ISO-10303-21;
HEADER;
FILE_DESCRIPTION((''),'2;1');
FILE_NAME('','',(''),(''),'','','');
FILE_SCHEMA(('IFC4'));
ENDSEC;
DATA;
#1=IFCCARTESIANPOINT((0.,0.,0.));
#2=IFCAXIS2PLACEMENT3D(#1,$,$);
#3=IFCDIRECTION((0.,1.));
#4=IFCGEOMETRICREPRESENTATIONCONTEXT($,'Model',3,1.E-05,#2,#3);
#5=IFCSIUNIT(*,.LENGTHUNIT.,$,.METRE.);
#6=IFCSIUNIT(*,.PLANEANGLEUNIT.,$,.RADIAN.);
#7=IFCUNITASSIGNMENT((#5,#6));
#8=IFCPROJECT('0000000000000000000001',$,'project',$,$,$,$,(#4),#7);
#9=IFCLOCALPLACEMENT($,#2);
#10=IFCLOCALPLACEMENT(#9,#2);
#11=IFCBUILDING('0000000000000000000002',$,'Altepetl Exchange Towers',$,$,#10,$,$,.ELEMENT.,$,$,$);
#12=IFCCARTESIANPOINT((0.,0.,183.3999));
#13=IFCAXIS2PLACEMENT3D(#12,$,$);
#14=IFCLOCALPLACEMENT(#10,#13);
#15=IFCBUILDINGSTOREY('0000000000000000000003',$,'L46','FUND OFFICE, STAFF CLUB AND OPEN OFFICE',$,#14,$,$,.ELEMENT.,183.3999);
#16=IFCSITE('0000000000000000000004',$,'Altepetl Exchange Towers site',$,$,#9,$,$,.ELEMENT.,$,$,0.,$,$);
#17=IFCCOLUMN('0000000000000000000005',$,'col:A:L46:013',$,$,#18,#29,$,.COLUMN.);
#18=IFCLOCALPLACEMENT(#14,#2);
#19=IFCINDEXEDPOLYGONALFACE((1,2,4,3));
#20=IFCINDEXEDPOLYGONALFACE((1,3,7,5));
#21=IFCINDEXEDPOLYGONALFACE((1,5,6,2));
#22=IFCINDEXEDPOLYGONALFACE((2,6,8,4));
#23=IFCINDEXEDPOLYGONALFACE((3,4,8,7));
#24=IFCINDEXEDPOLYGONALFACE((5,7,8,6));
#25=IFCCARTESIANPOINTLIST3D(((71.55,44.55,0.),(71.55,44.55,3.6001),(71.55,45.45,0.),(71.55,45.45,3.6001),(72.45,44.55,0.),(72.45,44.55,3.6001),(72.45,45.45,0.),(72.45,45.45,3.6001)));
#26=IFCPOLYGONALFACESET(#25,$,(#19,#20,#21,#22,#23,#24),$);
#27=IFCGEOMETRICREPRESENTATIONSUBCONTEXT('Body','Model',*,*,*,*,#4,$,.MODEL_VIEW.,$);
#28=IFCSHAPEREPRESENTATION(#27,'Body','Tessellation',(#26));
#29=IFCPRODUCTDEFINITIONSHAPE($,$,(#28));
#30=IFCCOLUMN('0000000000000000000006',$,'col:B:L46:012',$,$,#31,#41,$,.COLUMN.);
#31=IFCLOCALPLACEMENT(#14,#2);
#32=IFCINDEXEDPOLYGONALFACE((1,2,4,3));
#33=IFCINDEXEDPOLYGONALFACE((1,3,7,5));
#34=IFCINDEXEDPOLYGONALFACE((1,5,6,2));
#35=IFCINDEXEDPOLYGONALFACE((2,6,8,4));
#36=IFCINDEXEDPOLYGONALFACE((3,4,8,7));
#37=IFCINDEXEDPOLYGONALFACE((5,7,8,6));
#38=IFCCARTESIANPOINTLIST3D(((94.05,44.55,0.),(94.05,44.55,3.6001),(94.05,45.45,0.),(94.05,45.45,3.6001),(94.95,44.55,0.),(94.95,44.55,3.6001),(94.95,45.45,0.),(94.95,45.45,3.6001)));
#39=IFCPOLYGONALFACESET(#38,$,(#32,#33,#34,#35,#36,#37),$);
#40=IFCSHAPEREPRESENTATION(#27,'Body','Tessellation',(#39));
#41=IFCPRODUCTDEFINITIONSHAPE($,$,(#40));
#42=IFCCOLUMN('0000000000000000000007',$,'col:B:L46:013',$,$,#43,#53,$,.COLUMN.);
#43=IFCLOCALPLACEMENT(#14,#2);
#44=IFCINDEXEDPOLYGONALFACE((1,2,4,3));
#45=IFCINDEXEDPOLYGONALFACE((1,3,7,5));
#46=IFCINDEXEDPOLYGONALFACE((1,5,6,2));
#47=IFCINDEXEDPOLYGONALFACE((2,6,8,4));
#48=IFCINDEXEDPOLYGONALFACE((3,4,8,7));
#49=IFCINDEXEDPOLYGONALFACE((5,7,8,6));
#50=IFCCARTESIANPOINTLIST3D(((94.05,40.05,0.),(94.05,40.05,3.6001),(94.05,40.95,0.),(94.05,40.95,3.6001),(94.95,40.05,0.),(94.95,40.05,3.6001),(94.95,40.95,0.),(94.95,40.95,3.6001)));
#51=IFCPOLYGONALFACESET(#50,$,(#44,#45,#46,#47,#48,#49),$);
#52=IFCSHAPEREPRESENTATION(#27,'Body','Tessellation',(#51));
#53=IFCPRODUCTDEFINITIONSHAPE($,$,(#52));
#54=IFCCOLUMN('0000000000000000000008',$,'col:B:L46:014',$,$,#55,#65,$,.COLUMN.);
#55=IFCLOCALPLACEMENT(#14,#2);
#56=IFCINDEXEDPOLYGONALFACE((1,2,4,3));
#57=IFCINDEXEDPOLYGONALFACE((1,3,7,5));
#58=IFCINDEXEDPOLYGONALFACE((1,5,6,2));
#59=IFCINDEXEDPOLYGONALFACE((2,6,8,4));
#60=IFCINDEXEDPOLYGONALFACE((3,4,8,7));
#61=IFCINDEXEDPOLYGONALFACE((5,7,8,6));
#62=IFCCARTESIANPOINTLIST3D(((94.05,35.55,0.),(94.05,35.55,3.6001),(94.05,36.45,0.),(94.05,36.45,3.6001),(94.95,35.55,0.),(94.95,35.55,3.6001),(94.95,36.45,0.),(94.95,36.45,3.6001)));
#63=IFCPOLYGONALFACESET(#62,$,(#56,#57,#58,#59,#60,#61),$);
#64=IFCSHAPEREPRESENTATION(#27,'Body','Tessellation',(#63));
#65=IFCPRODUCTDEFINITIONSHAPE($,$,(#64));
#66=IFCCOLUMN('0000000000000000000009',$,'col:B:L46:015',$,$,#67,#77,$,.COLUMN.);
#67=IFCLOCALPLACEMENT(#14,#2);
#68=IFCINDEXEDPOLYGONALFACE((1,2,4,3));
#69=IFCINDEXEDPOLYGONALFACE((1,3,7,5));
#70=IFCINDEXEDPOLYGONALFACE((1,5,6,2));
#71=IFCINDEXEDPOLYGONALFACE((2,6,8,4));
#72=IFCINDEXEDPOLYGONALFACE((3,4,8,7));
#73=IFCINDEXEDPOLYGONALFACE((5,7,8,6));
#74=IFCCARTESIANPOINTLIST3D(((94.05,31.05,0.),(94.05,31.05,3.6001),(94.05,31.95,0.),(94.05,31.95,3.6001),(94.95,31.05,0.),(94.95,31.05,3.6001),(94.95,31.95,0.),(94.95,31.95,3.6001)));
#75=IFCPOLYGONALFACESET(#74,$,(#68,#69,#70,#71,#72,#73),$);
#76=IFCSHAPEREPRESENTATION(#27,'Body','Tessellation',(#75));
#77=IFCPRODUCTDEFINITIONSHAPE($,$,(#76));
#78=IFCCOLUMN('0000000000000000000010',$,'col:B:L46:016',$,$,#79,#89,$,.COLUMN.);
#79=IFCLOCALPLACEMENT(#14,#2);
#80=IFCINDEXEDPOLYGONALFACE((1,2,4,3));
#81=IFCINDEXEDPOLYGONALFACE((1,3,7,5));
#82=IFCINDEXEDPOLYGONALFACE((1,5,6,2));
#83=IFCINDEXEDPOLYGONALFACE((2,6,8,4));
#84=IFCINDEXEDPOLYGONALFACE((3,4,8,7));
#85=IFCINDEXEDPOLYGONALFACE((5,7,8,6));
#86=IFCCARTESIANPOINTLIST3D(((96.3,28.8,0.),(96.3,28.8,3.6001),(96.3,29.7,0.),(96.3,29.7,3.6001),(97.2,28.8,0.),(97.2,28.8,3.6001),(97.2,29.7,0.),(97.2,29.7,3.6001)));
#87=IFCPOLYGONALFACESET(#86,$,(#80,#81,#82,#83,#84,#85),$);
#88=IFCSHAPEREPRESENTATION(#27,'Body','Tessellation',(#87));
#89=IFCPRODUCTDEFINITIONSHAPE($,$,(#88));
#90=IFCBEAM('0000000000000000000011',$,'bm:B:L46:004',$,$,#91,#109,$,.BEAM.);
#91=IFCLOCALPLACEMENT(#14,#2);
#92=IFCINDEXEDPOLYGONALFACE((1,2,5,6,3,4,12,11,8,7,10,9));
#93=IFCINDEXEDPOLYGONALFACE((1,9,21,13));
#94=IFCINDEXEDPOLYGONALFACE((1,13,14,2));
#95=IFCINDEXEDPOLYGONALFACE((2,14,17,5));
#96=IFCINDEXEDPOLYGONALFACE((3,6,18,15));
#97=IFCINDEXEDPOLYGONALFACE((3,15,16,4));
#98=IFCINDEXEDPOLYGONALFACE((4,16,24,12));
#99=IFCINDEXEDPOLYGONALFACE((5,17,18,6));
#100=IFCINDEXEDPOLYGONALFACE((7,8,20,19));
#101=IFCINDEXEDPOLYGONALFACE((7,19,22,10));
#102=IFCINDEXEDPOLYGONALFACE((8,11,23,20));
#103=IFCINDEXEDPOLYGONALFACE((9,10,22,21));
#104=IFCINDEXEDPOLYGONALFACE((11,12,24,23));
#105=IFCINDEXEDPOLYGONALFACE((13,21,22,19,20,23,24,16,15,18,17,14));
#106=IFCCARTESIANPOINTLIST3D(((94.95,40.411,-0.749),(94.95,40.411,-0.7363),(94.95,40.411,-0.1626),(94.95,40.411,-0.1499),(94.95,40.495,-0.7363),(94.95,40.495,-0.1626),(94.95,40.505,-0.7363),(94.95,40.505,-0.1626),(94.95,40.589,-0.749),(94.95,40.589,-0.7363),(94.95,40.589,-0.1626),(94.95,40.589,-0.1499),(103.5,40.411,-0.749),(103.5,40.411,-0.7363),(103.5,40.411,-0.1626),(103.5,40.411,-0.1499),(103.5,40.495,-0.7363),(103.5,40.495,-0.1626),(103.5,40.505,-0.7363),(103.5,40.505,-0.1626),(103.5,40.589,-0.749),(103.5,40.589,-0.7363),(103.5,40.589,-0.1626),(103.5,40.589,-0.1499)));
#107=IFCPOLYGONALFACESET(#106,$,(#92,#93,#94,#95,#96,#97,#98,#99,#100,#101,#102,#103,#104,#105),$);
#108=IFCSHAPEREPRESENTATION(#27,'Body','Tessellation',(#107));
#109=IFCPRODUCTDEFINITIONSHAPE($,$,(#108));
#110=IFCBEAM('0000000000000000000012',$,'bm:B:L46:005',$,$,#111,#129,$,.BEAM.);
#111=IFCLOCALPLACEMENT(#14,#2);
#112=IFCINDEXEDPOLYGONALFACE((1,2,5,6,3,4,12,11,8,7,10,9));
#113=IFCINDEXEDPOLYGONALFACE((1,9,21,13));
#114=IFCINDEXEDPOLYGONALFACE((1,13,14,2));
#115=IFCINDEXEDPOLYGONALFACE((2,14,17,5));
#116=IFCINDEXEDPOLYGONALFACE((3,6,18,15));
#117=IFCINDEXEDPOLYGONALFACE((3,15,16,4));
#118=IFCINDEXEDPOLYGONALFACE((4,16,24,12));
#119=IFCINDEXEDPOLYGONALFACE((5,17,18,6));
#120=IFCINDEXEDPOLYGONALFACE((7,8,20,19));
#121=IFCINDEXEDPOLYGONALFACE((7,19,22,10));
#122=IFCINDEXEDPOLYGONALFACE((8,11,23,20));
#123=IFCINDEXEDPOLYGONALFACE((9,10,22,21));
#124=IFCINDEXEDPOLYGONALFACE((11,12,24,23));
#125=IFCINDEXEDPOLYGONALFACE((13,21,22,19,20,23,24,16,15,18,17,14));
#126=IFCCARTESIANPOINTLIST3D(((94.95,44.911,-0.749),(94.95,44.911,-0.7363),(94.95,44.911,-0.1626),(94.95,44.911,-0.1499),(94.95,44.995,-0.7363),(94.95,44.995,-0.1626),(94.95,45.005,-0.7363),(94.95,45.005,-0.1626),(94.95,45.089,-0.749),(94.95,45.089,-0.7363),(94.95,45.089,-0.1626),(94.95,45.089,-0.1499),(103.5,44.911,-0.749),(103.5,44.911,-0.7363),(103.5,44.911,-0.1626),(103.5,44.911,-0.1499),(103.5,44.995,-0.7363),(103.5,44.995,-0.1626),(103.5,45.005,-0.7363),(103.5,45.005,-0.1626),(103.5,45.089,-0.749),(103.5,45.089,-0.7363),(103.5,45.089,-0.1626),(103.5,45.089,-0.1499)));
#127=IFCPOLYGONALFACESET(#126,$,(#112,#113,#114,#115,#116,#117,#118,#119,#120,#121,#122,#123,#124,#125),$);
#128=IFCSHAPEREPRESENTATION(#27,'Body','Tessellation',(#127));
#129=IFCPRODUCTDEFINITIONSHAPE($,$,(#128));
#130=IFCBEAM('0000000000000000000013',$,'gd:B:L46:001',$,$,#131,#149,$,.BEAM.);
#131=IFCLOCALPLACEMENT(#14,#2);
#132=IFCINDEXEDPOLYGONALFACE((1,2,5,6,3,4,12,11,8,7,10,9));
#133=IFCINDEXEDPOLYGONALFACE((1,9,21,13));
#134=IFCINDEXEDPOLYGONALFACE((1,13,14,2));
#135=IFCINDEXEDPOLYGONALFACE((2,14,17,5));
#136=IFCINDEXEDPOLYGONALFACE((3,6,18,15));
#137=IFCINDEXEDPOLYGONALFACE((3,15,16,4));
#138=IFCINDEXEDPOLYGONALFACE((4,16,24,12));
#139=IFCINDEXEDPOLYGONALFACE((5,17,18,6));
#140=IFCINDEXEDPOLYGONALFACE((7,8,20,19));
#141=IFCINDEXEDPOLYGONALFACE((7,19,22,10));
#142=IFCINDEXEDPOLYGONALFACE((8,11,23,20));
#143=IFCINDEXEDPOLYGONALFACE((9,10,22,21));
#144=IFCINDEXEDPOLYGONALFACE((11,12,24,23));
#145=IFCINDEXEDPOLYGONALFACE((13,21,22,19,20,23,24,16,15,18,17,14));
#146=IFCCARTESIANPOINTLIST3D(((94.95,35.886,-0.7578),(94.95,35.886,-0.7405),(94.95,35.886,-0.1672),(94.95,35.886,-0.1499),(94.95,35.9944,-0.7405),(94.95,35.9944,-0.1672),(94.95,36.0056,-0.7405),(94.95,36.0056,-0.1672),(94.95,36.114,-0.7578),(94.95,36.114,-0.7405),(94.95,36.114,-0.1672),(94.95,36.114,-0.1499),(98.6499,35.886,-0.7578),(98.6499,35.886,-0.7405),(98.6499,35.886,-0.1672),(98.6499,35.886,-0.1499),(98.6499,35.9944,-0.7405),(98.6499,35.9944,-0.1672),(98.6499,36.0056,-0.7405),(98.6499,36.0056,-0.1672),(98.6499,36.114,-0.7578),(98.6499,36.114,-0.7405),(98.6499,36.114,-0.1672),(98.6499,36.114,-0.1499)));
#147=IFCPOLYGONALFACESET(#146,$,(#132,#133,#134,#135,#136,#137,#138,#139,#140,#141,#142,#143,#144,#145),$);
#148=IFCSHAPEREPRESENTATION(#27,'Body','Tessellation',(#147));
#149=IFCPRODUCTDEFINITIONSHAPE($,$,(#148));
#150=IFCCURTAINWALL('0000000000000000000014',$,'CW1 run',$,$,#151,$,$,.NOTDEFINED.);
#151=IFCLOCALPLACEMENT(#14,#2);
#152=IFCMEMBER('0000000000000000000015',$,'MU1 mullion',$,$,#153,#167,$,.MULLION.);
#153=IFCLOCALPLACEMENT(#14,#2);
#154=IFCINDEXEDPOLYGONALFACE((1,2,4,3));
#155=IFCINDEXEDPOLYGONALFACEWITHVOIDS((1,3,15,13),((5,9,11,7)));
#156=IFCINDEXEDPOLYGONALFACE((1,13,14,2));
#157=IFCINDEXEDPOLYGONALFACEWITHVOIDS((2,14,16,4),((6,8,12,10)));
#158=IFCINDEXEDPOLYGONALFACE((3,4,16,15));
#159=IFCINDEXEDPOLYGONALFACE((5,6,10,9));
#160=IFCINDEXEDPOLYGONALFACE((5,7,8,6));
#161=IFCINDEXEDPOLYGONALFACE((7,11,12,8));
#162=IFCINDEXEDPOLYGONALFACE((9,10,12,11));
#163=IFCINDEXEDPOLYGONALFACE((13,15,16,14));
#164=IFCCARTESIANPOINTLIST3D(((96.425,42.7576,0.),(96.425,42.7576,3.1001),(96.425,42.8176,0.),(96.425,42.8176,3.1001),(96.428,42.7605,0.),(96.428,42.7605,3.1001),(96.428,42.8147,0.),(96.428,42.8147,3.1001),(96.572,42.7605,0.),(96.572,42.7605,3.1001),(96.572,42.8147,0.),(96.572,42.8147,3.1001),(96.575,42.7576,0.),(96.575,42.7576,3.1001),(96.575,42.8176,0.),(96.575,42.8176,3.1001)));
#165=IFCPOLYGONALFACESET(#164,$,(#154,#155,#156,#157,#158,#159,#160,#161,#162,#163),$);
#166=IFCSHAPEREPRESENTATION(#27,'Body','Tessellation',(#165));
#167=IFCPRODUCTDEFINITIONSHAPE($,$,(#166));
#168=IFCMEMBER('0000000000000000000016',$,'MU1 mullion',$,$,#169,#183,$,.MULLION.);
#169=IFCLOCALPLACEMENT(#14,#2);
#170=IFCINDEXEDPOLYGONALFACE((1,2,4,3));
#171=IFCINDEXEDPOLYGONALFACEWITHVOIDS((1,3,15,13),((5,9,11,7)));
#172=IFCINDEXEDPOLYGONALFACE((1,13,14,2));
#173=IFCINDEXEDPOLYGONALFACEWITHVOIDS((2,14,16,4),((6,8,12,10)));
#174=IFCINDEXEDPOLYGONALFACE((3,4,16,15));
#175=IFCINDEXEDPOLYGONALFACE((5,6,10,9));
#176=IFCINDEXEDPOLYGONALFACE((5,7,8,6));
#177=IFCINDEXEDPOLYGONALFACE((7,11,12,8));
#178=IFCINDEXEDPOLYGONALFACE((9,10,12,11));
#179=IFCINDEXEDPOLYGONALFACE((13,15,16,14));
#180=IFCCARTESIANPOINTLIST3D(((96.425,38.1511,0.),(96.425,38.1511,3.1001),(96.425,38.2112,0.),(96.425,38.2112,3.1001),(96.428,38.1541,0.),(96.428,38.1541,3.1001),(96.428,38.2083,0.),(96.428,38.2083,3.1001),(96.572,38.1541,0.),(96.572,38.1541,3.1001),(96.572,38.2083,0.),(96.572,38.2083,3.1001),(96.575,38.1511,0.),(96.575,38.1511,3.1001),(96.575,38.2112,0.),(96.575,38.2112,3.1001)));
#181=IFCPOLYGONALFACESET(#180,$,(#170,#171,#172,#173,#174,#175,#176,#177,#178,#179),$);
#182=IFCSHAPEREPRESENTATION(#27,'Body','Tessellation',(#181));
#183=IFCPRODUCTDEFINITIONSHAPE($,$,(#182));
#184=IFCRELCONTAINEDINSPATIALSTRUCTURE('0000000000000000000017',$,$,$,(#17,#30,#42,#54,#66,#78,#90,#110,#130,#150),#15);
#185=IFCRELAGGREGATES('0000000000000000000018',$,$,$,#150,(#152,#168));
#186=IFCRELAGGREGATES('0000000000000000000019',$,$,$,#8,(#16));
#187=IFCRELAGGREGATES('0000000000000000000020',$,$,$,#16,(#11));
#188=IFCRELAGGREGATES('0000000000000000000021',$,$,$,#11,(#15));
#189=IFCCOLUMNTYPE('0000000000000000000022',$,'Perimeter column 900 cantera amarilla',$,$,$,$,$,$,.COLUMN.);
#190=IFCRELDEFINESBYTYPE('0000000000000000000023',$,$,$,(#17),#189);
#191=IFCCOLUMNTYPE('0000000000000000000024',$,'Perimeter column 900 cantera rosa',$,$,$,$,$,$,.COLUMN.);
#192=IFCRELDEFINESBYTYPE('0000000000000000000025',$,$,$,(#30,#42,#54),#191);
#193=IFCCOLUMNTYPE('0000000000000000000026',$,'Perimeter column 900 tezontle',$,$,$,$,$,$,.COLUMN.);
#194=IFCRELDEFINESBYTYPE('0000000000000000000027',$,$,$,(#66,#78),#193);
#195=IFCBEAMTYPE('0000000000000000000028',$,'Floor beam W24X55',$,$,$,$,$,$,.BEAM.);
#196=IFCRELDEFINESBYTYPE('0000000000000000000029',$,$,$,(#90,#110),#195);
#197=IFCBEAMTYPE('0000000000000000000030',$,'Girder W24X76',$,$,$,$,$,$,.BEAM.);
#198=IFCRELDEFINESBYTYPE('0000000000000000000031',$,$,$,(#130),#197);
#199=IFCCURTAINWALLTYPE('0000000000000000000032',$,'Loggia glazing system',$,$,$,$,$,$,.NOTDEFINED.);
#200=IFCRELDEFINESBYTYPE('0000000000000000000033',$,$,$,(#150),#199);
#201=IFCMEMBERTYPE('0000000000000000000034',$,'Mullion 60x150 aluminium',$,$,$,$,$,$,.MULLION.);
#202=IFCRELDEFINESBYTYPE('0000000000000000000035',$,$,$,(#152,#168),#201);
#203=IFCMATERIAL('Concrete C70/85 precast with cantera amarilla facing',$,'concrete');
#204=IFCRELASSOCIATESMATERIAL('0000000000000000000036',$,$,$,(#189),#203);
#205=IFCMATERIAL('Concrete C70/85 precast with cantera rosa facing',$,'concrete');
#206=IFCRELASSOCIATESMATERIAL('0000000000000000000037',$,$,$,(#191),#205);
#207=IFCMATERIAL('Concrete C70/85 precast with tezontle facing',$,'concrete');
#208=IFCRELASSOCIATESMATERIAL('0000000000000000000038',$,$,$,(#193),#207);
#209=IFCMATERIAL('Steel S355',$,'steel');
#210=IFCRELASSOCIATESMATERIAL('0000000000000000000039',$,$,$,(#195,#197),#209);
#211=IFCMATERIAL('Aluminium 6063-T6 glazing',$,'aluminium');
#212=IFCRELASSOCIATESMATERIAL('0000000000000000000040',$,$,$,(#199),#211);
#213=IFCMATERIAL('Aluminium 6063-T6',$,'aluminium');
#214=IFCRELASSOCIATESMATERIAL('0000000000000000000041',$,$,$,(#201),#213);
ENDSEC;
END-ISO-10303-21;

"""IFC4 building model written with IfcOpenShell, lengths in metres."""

from ifc_helpers import new_model, si_unit, direction, frame, origin, origin_2d, place, context, subcontext, project, spatial, rectangle, hollow_rectangle, i_section, extrude, material, material_profile, profile_set, type_object, element, aggregate, save


model = new_model("IFC4")

# Units and contexts
model_context = context("Model", 3, precision=1e-05, world=origin(), true_north=direction((0.0, 1.0)))
body_context = subcontext(model_context, "Body", "Model", "MODEL_VIEW")
ifc_project = project(units=[si_unit("LENGTHUNIT", "METRE"), si_unit("PLANEANGLEUNIT", "RADIAN")], contexts=[model_context])

# Site, building, storey
site_placement = place(None, origin())
site = spatial("IfcSite", under=ifc_project, at=site_placement, Name="Altepetl Exchange Towers site", CompositionType="ELEMENT", RefElevation=0.0)
building_placement = place(site_placement, origin())
building = spatial("IfcBuilding", under=site, at=building_placement, Name="Altepetl Exchange Towers", CompositionType="ELEMENT")
storey_placement = place(building_placement, frame((0.0, 0.0, 183.3999)))
storey = spatial("IfcBuildingStorey", under=building, at=storey_placement, Name="L46", Description="FUND OFFICE, STAFF CLUB AND OPEN OFFICE", CompositionType="ELEMENT", Elevation=183.3999)

# Columns
ifc_material_1 = material(Name="Concrete C70/85 precast with cantera amarilla facing", Category="concrete")
ifc_material_profile_1 = material_profile(ifc_material_1, rectangle(XDim=0.8999, YDim=0.8999, at=origin_2d()), Name="900 x 900")
ifc_profile_set_1 = profile_set([ifc_material_profile_1], Name="Concrete C70/85 precast with cantera amarilla facing")
column_type_1 = type_object("IfcColumnType", Name="Perimeter column 900 cantera amarilla", PredefinedType="COLUMN", material=ifc_profile_set_1)
column_placement = place(storey_placement, frame((72.0, 45.0, 0.0)))
element("IfcColumn", 1, at=column_placement, inside=storey, type_object=column_type_1, Name="col:A:L46:013", PredefinedType="COLUMN", context=body_context, shape_type="SweptSolid", body=[
    extrude(rectangle(XDim=0.8999, YDim=0.8999, at=origin_2d()), origin(), (0.0, 0.0, 1.0), 3.6001),
])
ifc_material_2 = material(Name="Concrete C70/85 precast with cantera rosa facing", Category="concrete")
ifc_material_profile_2 = material_profile(ifc_material_2, rectangle(XDim=0.8999, YDim=0.8999, at=origin_2d()), Name="900 x 900")
ifc_profile_set_2 = profile_set([ifc_material_profile_2], Name="Concrete C70/85 precast with cantera rosa facing")
column_type_2 = type_object("IfcColumnType", Name="Perimeter column 900 cantera rosa", PredefinedType="COLUMN", material=ifc_profile_set_2)
for number, where, name in (
    (2, (94.5, 45.0, 0.0), "col:B:L46:012"),
    (3, (94.5, 40.5, 0.0), "col:B:L46:013"),
    (4, (94.5, 36.0, 0.0), "col:B:L46:014"),
):
    element("IfcColumn", number, at=place(storey_placement, frame(where)), inside=storey, type_object=column_type_2, Name=name, PredefinedType="COLUMN", context=body_context, shape_type="SweptSolid", body=[
        extrude(rectangle(XDim=0.8999, YDim=0.8999, at=origin_2d()), origin(), (0.0, 0.0, 1.0), 3.6001),
    ])
ifc_material_3 = material(Name="Concrete C70/85 precast with tezontle facing", Category="concrete")
ifc_material_profile_3 = material_profile(ifc_material_3, rectangle(XDim=0.8999, YDim=0.8999, at=origin_2d()), Name="900 x 900")
ifc_profile_set_3 = profile_set([ifc_material_profile_3], Name="Concrete C70/85 precast with tezontle facing")
column_type_3 = type_object("IfcColumnType", Name="Perimeter column 900 tezontle", PredefinedType="COLUMN", material=ifc_profile_set_3)
for number, where, name in (
    (5, (94.5, 31.5, 0.0), "col:B:L46:015"),
    (6, (96.75, 29.25, 0.0), "col:B:L46:016"),
):
    element("IfcColumn", number, at=place(storey_placement, frame(where)), inside=storey, type_object=column_type_3, Name=name, PredefinedType="COLUMN", context=body_context, shape_type="SweptSolid", body=[
        extrude(rectangle(XDim=0.8999, YDim=0.8999, at=origin_2d()), origin(), (0.0, 0.0, 1.0), 3.6001),
    ])

# Beams
ifc_material_4 = material(Name="Steel S355", Category="steel")
ifc_material_profile_4 = material_profile(ifc_material_4, i_section(OverallWidth=0.178, OverallDepth=0.5991, WebThickness=0.01, FlangeThickness=0.0127, at=origin_2d()), Name="W24X55")
ifc_profile_set_4 = profile_set([ifc_material_profile_4], Name="Steel S355")
beam_type_1 = type_object("IfcBeamType", Name="Floor beam W24X55", PredefinedType="BEAM", material=ifc_profile_set_4)
for number, where, z_axis, x_axis, name in (
    (7, (94.95, 40.5, -0.4495), (1.0, 0.0, 0.0), (0.0, 1.0, 0.0), "bm:B:L46:004"),
    (8, (94.95, 45.0, -0.4495), (1.0, 0.0, 0.0), (0.0, 1.0, 0.0), "bm:B:L46:005"),
):
    element("IfcBeam", number, at=place(storey_placement, frame(where, z_axis=z_axis, x_axis=x_axis)), inside=storey, type_object=beam_type_1, Name=name, PredefinedType="BEAM", context=body_context, shape_type="SweptSolid", body=[
        extrude(i_section(OverallWidth=0.178, OverallDepth=0.5991, WebThickness=0.01, FlangeThickness=0.0127, at=origin_2d()), origin(), (0.0, 0.0, 1.0), 8.55),
    ])
ifc_material_profile_5 = material_profile(ifc_material_4, i_section(OverallWidth=0.228, OverallDepth=0.6079, WebThickness=0.0112, FlangeThickness=0.0173, at=origin_2d()), Name="W24X76")
ifc_profile_set_5 = profile_set([ifc_material_profile_5], Name="Steel S355")
beam_type_2 = type_object("IfcBeamType", Name="Girder W24X76", PredefinedType="BEAM", material=ifc_profile_set_5)
beam_1_placement = place(storey_placement, frame((98.6499, 36.0, -0.4539), z_axis=(-1.0, 0.0, 0.0), x_axis=(0.0, -1.0, 0.0)))
element("IfcBeam", 9, at=beam_1_placement, inside=storey, type_object=beam_type_2, Name="gd:B:L46:001", PredefinedType="BEAM", context=body_context, shape_type="SweptSolid", body=[
    extrude(i_section(OverallWidth=0.228, OverallDepth=0.6079, WebThickness=0.0112, FlangeThickness=0.0173, at=origin_2d()), origin(), (0.0, 0.0, 1.0), 3.7),
])

# Curtain wall, members
ifc_material_5 = material(Name="Aluminium 6063-T6 glazing", Category="aluminium")
curtain_wall_type = type_object("IfcCurtainWallType", Name="Loggia glazing system", PredefinedType="NOTDEFINED", material=ifc_material_5)
curtain_wall_1_placement = place(storey_placement, origin())
curtain_wall_1 = element("IfcCurtainWall", 10, at=curtain_wall_1_placement, inside=storey, type_object=curtain_wall_type, Name="CW1 run", PredefinedType="NOTDEFINED")
ifc_material_6 = material(Name="Aluminium 6063-T6", Category="aluminium")
ifc_material_profile_6 = material_profile(ifc_material_6, hollow_rectangle(XDim=0.0601, YDim=0.1499, WallThickness=0.0029, at=origin_2d()), Name="Mullion 60x150 aluminium")
ifc_profile_set_6 = profile_set([ifc_material_profile_6], Name="Aluminium 6063-T6")
member_type = type_object("IfcMemberType", Name="Mullion 60x150 aluminium", PredefinedType="MULLION", material=ifc_profile_set_6)
member_1_placement = place(storey_placement, frame((96.5, 42.7876, 0.0), z_axis=(0.0, 0.0, 1.0), x_axis=(0.0, -1.0, 0.0)))
member_1 = element("IfcMember", 11, at=member_1_placement, type_object=member_type, Name="MU1 mullion", PredefinedType="MULLION", context=body_context, shape_type="SweptSolid", body=[
    extrude(hollow_rectangle(XDim=0.0601, YDim=0.1499, WallThickness=0.0029, at=origin_2d()), origin(), (0.0, 0.0, 1.0), 3.1001),
])
member_2_placement = place(storey_placement, frame((96.5, 38.1812, 0.0), z_axis=(0.0, 0.0, 1.0), x_axis=(0.0, -1.0, 0.0)))
member_2 = element("IfcMember", 12, at=member_2_placement, type_object=member_type, Name="MU1 mullion", PredefinedType="MULLION", context=body_context, shape_type="SweptSolid", body=[
    extrude(hollow_rectangle(XDim=0.0601, YDim=0.1499, WallThickness=0.0029, at=origin_2d()), origin(), (0.0, 0.0, 1.0), 3.1001),
])

aggregate(curtain_wall_1, [member_1, member_2])

save(model, "model.ifc")
